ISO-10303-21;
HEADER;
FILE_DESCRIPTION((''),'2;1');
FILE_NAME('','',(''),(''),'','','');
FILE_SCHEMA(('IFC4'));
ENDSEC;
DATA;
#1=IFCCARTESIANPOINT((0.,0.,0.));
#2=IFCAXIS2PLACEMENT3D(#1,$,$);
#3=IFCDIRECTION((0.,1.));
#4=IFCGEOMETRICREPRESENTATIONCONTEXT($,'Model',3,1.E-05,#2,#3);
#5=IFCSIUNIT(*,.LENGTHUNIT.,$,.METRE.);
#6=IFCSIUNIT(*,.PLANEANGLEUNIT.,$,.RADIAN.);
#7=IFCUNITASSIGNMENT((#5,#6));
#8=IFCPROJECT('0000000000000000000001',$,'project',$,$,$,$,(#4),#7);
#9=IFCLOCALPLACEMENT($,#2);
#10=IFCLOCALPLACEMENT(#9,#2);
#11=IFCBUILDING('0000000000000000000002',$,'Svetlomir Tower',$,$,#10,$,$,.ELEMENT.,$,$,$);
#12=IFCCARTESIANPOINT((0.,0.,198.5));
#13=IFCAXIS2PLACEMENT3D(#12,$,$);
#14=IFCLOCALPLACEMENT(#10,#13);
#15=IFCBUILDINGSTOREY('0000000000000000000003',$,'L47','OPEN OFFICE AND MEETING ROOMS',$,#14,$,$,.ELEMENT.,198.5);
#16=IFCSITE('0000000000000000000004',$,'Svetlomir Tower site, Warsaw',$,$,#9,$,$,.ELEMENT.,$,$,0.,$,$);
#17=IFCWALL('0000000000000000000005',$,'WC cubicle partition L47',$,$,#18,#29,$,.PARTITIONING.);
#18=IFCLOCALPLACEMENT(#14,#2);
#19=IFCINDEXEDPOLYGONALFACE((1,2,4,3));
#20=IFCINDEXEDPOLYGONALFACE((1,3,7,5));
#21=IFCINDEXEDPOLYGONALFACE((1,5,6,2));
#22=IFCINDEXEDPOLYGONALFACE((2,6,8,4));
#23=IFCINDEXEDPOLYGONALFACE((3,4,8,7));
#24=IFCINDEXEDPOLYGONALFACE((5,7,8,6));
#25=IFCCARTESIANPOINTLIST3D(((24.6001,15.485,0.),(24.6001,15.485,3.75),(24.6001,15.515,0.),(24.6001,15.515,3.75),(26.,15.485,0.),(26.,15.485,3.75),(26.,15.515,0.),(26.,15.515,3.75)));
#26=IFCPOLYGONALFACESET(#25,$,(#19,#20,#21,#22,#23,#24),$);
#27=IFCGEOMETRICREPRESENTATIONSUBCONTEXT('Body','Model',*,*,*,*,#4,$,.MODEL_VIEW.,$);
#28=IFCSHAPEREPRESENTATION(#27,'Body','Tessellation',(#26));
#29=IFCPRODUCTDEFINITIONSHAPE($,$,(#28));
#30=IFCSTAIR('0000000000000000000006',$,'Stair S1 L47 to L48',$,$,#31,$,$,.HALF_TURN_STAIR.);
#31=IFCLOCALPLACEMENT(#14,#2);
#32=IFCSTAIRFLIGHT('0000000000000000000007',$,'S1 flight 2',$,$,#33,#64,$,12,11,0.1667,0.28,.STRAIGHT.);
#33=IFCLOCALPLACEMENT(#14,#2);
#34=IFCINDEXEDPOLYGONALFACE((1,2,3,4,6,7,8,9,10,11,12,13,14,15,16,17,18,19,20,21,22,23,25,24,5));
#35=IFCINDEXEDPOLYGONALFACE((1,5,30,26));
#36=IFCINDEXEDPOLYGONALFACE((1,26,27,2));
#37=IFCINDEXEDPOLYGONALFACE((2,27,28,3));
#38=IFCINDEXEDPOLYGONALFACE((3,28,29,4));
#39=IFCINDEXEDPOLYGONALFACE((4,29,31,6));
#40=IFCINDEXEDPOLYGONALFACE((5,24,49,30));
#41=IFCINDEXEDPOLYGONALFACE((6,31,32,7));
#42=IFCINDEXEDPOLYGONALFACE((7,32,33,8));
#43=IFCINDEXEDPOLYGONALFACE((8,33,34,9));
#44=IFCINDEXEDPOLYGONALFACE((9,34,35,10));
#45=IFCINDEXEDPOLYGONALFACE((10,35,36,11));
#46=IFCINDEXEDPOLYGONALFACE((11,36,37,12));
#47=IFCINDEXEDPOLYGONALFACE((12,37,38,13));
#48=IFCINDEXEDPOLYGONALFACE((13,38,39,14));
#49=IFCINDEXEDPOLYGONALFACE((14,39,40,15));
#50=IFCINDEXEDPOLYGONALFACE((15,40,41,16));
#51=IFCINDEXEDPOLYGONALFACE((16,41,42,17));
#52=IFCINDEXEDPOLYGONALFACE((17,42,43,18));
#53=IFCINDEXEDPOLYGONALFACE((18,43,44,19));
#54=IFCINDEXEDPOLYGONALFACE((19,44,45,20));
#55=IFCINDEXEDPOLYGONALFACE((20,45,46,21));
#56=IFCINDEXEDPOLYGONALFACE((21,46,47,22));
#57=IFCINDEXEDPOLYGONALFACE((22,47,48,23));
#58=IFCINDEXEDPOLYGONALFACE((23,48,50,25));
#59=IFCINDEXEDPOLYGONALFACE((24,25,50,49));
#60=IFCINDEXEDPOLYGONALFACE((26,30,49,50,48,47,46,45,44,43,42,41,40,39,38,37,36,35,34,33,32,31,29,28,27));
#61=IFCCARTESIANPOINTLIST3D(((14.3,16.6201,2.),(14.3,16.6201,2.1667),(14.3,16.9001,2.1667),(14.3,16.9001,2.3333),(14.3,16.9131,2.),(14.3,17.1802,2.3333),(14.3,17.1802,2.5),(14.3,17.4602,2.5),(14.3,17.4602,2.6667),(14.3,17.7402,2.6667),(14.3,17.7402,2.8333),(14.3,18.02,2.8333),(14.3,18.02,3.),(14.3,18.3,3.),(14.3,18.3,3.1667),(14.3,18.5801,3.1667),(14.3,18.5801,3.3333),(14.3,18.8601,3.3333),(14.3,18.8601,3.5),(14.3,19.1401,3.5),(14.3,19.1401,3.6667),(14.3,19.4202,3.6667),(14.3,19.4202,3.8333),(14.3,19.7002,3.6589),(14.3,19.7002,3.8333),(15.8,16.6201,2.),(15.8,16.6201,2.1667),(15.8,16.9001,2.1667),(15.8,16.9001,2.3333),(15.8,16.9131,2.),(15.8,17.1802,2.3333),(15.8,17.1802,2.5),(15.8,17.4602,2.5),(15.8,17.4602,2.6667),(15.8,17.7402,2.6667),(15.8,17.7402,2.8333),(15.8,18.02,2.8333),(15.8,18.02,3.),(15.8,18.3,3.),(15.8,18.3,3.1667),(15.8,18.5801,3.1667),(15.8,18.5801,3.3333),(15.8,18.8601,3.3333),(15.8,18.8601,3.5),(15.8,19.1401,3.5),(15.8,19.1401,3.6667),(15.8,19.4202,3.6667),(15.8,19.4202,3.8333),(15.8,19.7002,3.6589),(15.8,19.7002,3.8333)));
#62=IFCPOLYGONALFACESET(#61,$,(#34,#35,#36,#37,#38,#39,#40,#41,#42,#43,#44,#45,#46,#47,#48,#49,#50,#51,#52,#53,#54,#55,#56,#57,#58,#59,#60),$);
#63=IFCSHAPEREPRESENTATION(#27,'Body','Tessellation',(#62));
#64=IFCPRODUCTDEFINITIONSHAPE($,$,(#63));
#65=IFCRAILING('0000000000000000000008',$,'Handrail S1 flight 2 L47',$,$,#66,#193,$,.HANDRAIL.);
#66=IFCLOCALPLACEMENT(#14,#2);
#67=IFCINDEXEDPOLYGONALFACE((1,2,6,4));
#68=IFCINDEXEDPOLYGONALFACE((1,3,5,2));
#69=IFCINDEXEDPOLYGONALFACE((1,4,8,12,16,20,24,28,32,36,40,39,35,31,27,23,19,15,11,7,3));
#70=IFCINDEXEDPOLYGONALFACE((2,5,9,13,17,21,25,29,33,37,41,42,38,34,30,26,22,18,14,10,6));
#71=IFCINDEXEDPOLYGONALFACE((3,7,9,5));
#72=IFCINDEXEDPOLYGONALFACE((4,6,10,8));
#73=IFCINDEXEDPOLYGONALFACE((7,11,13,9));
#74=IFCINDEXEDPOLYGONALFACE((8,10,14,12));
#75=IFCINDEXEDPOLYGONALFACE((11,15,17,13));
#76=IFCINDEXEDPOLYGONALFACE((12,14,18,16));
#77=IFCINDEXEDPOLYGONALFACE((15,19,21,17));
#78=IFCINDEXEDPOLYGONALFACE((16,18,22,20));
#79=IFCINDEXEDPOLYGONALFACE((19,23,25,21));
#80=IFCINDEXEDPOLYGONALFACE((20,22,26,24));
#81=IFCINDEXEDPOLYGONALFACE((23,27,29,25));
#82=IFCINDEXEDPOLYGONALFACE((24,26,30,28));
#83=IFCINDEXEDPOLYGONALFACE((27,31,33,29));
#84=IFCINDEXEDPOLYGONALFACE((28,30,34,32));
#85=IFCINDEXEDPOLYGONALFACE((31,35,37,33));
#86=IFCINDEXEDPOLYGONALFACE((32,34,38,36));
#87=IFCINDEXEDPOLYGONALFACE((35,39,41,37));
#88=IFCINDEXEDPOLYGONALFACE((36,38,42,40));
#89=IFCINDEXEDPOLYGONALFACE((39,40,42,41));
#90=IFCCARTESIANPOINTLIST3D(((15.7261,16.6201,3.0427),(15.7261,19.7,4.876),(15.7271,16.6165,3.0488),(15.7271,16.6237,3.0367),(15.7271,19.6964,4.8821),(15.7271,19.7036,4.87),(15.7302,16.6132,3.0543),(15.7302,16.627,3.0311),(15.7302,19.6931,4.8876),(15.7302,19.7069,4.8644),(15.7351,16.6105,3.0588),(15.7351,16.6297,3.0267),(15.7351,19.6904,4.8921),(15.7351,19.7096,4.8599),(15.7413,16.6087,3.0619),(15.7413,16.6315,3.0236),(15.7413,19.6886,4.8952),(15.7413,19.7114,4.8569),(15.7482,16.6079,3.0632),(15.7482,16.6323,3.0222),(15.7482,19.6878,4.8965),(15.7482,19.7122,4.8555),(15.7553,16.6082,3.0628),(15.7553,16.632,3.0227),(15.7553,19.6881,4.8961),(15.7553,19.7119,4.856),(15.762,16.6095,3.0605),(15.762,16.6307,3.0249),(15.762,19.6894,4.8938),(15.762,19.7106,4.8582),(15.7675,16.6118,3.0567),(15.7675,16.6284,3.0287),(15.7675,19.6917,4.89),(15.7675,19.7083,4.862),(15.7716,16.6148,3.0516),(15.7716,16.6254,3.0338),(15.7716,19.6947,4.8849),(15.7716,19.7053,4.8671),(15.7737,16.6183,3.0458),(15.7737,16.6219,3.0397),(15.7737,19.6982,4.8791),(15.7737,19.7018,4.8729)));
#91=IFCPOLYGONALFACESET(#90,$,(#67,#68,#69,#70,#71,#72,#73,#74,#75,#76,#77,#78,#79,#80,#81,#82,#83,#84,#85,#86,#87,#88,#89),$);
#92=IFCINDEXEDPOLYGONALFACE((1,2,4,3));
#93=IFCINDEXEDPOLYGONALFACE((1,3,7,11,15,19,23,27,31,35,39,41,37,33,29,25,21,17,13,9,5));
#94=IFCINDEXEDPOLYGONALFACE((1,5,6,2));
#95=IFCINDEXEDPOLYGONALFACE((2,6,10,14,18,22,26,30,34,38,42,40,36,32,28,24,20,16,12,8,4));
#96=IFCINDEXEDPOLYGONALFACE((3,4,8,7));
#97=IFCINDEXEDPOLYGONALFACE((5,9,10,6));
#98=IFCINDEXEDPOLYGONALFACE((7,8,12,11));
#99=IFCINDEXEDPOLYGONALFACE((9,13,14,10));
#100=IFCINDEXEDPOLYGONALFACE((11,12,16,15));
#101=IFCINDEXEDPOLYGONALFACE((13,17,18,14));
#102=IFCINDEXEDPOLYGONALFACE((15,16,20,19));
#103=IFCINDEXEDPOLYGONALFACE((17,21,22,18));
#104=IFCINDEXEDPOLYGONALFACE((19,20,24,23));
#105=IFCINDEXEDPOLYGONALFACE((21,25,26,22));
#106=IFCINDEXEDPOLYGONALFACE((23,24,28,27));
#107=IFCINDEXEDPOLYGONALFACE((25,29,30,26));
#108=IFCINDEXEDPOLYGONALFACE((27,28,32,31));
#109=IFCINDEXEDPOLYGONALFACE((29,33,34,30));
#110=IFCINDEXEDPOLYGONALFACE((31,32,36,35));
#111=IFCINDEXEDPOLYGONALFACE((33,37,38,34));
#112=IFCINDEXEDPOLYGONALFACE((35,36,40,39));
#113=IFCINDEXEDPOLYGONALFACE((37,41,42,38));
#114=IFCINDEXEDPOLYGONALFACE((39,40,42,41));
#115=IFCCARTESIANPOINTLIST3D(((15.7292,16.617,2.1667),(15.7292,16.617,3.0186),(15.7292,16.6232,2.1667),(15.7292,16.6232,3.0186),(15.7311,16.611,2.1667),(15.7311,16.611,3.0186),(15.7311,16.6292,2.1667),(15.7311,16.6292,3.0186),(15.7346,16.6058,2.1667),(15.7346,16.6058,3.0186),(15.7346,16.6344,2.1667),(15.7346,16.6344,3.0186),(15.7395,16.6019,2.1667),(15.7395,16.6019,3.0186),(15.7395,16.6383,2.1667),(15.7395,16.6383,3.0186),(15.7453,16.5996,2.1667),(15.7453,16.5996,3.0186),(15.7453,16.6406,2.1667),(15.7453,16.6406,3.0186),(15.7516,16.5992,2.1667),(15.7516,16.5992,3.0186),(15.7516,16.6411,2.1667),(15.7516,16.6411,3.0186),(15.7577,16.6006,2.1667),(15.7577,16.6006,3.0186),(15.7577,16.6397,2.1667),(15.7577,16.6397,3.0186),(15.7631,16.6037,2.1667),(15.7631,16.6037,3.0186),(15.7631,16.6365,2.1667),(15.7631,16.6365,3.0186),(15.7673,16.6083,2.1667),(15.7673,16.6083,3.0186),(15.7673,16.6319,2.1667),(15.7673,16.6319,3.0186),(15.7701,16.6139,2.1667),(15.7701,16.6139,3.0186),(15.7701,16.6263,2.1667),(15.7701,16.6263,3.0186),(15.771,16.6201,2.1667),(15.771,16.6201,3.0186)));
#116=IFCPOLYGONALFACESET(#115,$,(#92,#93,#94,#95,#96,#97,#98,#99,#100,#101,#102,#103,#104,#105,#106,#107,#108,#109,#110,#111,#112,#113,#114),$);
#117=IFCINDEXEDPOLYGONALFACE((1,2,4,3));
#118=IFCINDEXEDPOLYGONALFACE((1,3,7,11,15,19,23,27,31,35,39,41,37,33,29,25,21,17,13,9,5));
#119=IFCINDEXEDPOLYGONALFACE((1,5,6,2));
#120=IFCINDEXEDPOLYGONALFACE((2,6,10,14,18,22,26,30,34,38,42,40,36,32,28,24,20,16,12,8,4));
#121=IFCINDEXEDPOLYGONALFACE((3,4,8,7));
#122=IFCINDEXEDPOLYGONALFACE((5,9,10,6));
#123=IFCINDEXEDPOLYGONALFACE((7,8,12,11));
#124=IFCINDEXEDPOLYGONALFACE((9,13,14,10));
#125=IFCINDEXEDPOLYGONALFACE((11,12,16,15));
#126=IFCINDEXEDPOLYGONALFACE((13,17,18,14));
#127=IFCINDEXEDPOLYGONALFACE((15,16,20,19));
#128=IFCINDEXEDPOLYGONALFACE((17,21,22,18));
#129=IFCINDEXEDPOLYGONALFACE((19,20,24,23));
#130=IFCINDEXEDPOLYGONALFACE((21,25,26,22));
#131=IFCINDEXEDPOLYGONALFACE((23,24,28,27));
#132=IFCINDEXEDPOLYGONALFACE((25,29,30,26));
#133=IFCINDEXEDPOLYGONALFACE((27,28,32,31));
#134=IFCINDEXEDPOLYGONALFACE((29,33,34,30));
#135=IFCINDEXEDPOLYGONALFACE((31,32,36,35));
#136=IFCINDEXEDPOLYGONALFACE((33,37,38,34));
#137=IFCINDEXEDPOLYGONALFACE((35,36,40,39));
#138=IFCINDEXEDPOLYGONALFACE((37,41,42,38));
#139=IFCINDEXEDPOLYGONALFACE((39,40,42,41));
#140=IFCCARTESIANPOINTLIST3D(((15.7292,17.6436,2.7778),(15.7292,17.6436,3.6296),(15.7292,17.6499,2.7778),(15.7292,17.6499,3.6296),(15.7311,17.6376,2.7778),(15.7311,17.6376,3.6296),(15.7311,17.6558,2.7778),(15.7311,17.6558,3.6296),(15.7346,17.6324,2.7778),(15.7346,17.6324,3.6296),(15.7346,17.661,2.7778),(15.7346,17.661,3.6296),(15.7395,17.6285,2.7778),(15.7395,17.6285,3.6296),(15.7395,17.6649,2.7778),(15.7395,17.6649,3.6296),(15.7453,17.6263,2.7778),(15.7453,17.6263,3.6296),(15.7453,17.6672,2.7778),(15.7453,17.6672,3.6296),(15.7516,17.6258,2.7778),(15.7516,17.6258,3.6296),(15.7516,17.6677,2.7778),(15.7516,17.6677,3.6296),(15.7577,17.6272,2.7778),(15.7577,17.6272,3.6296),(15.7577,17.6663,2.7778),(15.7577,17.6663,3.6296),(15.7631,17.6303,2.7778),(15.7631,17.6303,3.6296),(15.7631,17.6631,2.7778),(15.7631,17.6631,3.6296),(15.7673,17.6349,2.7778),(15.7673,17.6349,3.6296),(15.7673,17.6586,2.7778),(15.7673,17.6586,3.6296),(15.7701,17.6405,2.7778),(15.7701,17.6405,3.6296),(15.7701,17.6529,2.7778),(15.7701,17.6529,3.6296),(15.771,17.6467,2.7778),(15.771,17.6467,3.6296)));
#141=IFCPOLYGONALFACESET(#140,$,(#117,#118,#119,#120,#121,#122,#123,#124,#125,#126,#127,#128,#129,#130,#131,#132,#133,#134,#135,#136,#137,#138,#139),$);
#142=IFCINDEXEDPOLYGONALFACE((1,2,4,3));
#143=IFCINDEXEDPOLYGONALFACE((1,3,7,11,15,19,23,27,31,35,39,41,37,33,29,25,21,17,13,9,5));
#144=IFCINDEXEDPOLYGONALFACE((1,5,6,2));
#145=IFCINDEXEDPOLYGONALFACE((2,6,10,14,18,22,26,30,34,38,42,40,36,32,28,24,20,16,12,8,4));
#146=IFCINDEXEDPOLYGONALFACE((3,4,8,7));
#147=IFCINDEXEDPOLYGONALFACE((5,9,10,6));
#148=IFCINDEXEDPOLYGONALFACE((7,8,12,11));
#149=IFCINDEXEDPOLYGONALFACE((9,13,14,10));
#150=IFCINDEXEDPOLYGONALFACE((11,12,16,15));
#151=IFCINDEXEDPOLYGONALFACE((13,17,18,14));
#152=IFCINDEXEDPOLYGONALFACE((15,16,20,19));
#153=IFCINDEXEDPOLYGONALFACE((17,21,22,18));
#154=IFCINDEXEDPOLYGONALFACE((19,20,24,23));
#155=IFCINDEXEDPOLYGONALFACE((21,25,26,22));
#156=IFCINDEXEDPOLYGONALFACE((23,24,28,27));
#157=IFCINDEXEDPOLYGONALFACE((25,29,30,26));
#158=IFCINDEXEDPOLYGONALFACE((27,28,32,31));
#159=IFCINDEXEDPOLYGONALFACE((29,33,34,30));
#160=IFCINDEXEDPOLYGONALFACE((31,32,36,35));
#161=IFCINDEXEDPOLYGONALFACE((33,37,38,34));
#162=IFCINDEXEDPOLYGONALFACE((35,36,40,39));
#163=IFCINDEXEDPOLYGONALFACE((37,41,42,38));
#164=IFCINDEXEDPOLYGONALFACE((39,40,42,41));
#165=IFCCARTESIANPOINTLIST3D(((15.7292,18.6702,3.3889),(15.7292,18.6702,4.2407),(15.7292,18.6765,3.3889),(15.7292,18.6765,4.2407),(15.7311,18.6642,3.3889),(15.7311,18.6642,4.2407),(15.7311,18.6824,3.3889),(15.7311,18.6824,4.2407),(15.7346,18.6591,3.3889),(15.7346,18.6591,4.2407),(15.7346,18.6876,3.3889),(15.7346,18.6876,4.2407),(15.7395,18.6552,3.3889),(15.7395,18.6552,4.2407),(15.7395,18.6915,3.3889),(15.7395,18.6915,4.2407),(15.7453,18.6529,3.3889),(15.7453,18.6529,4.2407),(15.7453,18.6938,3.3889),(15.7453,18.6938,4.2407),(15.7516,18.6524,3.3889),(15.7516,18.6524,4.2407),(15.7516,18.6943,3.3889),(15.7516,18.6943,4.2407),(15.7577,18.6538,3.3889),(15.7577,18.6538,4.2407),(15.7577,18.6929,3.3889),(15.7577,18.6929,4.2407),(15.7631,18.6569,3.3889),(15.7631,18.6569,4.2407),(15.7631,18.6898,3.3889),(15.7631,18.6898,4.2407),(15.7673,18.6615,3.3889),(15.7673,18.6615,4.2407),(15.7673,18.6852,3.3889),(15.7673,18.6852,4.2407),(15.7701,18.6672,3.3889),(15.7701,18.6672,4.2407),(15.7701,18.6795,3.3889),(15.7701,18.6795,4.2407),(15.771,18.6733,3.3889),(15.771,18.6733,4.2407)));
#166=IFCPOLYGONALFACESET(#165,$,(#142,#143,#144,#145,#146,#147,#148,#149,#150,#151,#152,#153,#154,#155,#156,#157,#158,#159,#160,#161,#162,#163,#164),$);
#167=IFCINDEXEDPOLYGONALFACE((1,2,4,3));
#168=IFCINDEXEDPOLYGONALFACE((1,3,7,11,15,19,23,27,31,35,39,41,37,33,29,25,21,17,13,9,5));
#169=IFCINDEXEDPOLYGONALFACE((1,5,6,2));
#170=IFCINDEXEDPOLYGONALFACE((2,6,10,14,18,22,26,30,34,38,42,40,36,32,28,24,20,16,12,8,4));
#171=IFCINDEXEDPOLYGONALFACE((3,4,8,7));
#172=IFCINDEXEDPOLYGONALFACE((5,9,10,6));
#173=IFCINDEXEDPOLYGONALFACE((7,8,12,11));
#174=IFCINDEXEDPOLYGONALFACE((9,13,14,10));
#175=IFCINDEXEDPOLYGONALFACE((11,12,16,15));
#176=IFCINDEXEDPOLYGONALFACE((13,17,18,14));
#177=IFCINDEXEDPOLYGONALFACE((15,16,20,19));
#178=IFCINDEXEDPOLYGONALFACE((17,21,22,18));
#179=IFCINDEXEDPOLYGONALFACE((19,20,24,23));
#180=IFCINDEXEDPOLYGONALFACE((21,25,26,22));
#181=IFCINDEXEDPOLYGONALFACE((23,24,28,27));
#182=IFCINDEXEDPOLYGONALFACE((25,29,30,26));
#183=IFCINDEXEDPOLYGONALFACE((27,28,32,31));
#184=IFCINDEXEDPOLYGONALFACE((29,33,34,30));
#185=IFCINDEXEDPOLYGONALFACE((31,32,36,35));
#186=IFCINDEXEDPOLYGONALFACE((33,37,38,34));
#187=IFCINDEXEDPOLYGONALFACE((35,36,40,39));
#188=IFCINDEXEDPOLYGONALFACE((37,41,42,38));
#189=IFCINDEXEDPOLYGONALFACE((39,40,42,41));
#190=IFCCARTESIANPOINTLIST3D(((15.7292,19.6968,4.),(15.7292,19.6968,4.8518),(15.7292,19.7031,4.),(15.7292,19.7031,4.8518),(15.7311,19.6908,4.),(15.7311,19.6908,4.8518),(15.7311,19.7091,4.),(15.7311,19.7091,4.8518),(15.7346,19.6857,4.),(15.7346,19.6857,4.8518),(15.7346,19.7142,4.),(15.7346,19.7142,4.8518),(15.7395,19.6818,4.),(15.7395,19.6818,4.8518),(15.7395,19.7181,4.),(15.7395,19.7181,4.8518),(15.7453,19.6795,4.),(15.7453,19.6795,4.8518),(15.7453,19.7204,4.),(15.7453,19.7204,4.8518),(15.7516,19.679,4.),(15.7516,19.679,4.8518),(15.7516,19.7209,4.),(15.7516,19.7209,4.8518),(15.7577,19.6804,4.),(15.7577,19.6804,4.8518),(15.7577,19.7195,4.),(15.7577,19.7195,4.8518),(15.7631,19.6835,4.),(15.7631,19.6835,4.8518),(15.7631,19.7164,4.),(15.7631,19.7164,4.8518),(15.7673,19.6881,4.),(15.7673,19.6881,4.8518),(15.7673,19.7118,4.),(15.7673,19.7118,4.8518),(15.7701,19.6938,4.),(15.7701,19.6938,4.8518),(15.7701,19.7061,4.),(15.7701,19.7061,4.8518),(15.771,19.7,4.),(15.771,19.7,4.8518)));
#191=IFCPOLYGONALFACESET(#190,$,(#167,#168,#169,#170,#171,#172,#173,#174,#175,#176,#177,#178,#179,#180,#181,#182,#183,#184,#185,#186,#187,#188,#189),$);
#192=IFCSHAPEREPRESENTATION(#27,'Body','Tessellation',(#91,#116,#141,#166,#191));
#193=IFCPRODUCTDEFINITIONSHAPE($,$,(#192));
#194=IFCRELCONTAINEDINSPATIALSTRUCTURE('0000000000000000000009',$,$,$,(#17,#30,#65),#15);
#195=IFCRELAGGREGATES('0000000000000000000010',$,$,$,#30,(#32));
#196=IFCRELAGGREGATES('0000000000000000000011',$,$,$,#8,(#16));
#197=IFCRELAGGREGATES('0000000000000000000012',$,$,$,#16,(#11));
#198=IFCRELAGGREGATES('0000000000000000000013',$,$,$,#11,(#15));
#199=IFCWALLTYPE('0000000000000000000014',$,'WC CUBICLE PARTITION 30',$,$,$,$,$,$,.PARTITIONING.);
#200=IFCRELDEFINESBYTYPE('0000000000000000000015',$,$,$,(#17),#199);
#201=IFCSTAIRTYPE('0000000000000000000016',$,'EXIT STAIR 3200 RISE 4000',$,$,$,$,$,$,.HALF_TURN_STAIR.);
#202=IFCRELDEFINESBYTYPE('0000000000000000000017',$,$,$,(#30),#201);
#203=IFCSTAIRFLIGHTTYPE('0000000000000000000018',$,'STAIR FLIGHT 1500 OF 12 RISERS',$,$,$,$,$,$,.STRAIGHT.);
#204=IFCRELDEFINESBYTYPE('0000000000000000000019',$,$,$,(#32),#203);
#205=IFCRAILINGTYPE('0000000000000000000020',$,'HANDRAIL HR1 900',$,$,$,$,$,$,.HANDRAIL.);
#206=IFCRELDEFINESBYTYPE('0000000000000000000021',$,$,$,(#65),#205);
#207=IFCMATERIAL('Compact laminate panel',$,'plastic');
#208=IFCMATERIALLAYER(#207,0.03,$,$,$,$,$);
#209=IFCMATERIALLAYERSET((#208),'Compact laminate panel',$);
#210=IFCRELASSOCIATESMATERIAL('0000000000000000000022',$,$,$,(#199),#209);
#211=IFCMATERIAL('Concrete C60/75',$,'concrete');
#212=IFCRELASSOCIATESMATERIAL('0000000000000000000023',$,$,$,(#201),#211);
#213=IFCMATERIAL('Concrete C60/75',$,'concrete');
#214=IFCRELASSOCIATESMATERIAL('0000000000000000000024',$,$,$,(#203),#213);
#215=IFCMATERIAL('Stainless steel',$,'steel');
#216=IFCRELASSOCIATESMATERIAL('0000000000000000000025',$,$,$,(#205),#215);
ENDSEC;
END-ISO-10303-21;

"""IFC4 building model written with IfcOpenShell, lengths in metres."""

from ifc_helpers import new_model, si_unit, direction, frame, frame_2d, origin, origin_2d, place, context, subcontext, project, spatial, polyline, rectangle, circle, outline, extrude, material, layer, layer_set, type_object, element, aggregate, save


model = new_model("IFC4")

# Units and contexts
model_context = context("Model", 3, precision=1e-05, world=origin(), true_north=direction((0.0, 1.0)))
body_context = subcontext(model_context, "Body", "Model", "MODEL_VIEW")
ifc_project = project(units=[si_unit("LENGTHUNIT", "METRE"), si_unit("PLANEANGLEUNIT", "RADIAN")], contexts=[model_context])

# Site, building, storey
site_placement = place(None, origin())
site = spatial("IfcSite", under=ifc_project, at=site_placement, Name="Svetlomir Tower site, Warsaw", CompositionType="ELEMENT", RefElevation=0.0)
building_placement = place(site_placement, origin())
building = spatial("IfcBuilding", under=site, at=building_placement, Name="Svetlomir Tower", CompositionType="ELEMENT")
storey_placement = place(building_placement, frame((0.0, 0.0, 198.5)))
storey = spatial("IfcBuildingStorey", under=building, at=storey_placement, Name="L47", Description="OPEN OFFICE AND MEETING ROOMS", CompositionType="ELEMENT", Elevation=198.5)

# Wall
ifc_material_1 = material(Name="Compact laminate panel", Category="plastic")
ifc_layer_1 = layer(ifc_material_1, 0.03)
ifc_layer_set_1 = layer_set([ifc_layer_1], Name="Compact laminate panel")
wall_type_1 = type_object("IfcWallType", Name="WC CUBICLE PARTITION 30", PredefinedType="PARTITIONING", material=ifc_layer_set_1)
wall_1_placement = place(storey_placement, frame((24.6001, 15.5, 0.0), z_axis=(0.0, 0.0, 1.0), x_axis=(1.0, 0.0, 0.0)))
element("IfcWall", 1, at=wall_1_placement, inside=storey, type_object=wall_type_1, Name="WC cubicle partition L47", PredefinedType="PARTITIONING", context=body_context, shape_type="SweptSolid", body=[
    extrude(rectangle(XDim=1.3999, YDim=0.03, at=frame_2d((0.7, 0.0))), origin(), (0.0, 0.0, 1.0), 3.75),
])

# Stair, stair flight
ifc_material_2 = material(Name="Concrete C60/75", Category="concrete")
stair_type = type_object("IfcStairType", Name="EXIT STAIR 3200 RISE 4000", PredefinedType="HALF_TURN_STAIR", material=ifc_material_2)
stair_placement = place(storey_placement, origin())
stair = element("IfcStair", 2, at=stair_placement, inside=storey, type_object=stair_type, Name="Stair S1 L47 to L48", PredefinedType="HALF_TURN_STAIR")
ifc_material_3 = material(Name="Concrete C60/75", Category="concrete")
stair_flight_type = type_object("IfcStairFlightType", Name="STAIR FLIGHT 1500 OF 12 RISERS", PredefinedType="STRAIGHT", material=ifc_material_3)
stair_flight_placement = place(storey_placement, frame((15.05, 16.6201, 2.0), z_axis=(0.0, 0.0, 1.0), x_axis=(0.0, 1.0, 0.0)))
stair_flight = element("IfcStairFlight", 3, at=stair_flight_placement, type_object=stair_flight_type, Name="S1 flight 2", NumberOfRisers=12, NumberOfTreads=11, PredefinedType="STRAIGHT", RiserHeight=0.1667, TreadLength=0.28, context=body_context, shape_type="SweptSolid", body=[
    extrude(outline(polyline([(0.0, 0.0), (0.0, 0.1667), (0.28, 0.1667), (0.28, 0.3333), (0.5601, 0.3333), (0.5601, 0.5), (0.8401, 0.5), (0.8401, 0.6667), (1.1201, 0.6667), (1.1201, 0.8333), (1.3999, 0.8333), (1.3999, 1.0), (1.6799, 1.0), (1.6799, 1.1667), (1.96, 1.1667), (1.96, 1.3333), (2.24, 1.3333), (2.24, 1.5), (2.52, 1.5), (2.52, 1.6667), (2.8, 1.6667), (2.8, 1.8333), (3.0801, 1.8333), (3.0801, 2.0), (3.0801, 1.6589), (0.293, 0.0), (0.0, 0.0)])), frame((0.0, 0.75, 0.0), z_axis=(0.0, -1.0, 0.0), x_axis=(1.0, 0.0, 0.0)), (0.0, 0.0, 1.0), 1.5),
])
aggregate(stair, [stair_flight])

# Railing
ifc_material_4 = material(Name="Stainless steel", Category="steel")
railing_type = type_object("IfcRailingType", Name="HANDRAIL HR1 900", PredefinedType="HANDRAIL", material=ifc_material_4)
railing_placement = place(storey_placement, frame((15.75, 16.6201, 2.1667)))
element("IfcRailing", 4, at=railing_placement, inside=storey, type_object=railing_type, Name="Handrail S1 flight 2 L47", PredefinedType="HANDRAIL", context=body_context, shape_type="SweptSolid", body=[
    extrude(circle(Radius=0.0239, at=origin_2d()), frame((0.0, 0.0, 0.876), z_axis=(0.0, 0.859291, 0.511487), x_axis=(-1.0, 0.0, 0.0)), (0.0, 0.0, 1.0), 3.5842),
    extrude(circle(Radius=0.021, at=origin_2d()), origin(), (0.0, 0.0, 1.0), 0.8518),
    extrude(circle(Radius=0.021, at=origin_2d()), frame((0.0, 1.0266, 0.6111)), (0.0, 0.0, 1.0), 0.8518),
    extrude(circle(Radius=0.021, at=origin_2d()), frame((0.0, 2.0532, 1.2222)), (0.0, 0.0, 1.0), 0.8518),
    extrude(circle(Radius=0.021, at=origin_2d()), frame((0.0, 3.0798, 1.8333)), (0.0, 0.0, 1.0), 0.8518),
])

save(model, "model.ifc")
